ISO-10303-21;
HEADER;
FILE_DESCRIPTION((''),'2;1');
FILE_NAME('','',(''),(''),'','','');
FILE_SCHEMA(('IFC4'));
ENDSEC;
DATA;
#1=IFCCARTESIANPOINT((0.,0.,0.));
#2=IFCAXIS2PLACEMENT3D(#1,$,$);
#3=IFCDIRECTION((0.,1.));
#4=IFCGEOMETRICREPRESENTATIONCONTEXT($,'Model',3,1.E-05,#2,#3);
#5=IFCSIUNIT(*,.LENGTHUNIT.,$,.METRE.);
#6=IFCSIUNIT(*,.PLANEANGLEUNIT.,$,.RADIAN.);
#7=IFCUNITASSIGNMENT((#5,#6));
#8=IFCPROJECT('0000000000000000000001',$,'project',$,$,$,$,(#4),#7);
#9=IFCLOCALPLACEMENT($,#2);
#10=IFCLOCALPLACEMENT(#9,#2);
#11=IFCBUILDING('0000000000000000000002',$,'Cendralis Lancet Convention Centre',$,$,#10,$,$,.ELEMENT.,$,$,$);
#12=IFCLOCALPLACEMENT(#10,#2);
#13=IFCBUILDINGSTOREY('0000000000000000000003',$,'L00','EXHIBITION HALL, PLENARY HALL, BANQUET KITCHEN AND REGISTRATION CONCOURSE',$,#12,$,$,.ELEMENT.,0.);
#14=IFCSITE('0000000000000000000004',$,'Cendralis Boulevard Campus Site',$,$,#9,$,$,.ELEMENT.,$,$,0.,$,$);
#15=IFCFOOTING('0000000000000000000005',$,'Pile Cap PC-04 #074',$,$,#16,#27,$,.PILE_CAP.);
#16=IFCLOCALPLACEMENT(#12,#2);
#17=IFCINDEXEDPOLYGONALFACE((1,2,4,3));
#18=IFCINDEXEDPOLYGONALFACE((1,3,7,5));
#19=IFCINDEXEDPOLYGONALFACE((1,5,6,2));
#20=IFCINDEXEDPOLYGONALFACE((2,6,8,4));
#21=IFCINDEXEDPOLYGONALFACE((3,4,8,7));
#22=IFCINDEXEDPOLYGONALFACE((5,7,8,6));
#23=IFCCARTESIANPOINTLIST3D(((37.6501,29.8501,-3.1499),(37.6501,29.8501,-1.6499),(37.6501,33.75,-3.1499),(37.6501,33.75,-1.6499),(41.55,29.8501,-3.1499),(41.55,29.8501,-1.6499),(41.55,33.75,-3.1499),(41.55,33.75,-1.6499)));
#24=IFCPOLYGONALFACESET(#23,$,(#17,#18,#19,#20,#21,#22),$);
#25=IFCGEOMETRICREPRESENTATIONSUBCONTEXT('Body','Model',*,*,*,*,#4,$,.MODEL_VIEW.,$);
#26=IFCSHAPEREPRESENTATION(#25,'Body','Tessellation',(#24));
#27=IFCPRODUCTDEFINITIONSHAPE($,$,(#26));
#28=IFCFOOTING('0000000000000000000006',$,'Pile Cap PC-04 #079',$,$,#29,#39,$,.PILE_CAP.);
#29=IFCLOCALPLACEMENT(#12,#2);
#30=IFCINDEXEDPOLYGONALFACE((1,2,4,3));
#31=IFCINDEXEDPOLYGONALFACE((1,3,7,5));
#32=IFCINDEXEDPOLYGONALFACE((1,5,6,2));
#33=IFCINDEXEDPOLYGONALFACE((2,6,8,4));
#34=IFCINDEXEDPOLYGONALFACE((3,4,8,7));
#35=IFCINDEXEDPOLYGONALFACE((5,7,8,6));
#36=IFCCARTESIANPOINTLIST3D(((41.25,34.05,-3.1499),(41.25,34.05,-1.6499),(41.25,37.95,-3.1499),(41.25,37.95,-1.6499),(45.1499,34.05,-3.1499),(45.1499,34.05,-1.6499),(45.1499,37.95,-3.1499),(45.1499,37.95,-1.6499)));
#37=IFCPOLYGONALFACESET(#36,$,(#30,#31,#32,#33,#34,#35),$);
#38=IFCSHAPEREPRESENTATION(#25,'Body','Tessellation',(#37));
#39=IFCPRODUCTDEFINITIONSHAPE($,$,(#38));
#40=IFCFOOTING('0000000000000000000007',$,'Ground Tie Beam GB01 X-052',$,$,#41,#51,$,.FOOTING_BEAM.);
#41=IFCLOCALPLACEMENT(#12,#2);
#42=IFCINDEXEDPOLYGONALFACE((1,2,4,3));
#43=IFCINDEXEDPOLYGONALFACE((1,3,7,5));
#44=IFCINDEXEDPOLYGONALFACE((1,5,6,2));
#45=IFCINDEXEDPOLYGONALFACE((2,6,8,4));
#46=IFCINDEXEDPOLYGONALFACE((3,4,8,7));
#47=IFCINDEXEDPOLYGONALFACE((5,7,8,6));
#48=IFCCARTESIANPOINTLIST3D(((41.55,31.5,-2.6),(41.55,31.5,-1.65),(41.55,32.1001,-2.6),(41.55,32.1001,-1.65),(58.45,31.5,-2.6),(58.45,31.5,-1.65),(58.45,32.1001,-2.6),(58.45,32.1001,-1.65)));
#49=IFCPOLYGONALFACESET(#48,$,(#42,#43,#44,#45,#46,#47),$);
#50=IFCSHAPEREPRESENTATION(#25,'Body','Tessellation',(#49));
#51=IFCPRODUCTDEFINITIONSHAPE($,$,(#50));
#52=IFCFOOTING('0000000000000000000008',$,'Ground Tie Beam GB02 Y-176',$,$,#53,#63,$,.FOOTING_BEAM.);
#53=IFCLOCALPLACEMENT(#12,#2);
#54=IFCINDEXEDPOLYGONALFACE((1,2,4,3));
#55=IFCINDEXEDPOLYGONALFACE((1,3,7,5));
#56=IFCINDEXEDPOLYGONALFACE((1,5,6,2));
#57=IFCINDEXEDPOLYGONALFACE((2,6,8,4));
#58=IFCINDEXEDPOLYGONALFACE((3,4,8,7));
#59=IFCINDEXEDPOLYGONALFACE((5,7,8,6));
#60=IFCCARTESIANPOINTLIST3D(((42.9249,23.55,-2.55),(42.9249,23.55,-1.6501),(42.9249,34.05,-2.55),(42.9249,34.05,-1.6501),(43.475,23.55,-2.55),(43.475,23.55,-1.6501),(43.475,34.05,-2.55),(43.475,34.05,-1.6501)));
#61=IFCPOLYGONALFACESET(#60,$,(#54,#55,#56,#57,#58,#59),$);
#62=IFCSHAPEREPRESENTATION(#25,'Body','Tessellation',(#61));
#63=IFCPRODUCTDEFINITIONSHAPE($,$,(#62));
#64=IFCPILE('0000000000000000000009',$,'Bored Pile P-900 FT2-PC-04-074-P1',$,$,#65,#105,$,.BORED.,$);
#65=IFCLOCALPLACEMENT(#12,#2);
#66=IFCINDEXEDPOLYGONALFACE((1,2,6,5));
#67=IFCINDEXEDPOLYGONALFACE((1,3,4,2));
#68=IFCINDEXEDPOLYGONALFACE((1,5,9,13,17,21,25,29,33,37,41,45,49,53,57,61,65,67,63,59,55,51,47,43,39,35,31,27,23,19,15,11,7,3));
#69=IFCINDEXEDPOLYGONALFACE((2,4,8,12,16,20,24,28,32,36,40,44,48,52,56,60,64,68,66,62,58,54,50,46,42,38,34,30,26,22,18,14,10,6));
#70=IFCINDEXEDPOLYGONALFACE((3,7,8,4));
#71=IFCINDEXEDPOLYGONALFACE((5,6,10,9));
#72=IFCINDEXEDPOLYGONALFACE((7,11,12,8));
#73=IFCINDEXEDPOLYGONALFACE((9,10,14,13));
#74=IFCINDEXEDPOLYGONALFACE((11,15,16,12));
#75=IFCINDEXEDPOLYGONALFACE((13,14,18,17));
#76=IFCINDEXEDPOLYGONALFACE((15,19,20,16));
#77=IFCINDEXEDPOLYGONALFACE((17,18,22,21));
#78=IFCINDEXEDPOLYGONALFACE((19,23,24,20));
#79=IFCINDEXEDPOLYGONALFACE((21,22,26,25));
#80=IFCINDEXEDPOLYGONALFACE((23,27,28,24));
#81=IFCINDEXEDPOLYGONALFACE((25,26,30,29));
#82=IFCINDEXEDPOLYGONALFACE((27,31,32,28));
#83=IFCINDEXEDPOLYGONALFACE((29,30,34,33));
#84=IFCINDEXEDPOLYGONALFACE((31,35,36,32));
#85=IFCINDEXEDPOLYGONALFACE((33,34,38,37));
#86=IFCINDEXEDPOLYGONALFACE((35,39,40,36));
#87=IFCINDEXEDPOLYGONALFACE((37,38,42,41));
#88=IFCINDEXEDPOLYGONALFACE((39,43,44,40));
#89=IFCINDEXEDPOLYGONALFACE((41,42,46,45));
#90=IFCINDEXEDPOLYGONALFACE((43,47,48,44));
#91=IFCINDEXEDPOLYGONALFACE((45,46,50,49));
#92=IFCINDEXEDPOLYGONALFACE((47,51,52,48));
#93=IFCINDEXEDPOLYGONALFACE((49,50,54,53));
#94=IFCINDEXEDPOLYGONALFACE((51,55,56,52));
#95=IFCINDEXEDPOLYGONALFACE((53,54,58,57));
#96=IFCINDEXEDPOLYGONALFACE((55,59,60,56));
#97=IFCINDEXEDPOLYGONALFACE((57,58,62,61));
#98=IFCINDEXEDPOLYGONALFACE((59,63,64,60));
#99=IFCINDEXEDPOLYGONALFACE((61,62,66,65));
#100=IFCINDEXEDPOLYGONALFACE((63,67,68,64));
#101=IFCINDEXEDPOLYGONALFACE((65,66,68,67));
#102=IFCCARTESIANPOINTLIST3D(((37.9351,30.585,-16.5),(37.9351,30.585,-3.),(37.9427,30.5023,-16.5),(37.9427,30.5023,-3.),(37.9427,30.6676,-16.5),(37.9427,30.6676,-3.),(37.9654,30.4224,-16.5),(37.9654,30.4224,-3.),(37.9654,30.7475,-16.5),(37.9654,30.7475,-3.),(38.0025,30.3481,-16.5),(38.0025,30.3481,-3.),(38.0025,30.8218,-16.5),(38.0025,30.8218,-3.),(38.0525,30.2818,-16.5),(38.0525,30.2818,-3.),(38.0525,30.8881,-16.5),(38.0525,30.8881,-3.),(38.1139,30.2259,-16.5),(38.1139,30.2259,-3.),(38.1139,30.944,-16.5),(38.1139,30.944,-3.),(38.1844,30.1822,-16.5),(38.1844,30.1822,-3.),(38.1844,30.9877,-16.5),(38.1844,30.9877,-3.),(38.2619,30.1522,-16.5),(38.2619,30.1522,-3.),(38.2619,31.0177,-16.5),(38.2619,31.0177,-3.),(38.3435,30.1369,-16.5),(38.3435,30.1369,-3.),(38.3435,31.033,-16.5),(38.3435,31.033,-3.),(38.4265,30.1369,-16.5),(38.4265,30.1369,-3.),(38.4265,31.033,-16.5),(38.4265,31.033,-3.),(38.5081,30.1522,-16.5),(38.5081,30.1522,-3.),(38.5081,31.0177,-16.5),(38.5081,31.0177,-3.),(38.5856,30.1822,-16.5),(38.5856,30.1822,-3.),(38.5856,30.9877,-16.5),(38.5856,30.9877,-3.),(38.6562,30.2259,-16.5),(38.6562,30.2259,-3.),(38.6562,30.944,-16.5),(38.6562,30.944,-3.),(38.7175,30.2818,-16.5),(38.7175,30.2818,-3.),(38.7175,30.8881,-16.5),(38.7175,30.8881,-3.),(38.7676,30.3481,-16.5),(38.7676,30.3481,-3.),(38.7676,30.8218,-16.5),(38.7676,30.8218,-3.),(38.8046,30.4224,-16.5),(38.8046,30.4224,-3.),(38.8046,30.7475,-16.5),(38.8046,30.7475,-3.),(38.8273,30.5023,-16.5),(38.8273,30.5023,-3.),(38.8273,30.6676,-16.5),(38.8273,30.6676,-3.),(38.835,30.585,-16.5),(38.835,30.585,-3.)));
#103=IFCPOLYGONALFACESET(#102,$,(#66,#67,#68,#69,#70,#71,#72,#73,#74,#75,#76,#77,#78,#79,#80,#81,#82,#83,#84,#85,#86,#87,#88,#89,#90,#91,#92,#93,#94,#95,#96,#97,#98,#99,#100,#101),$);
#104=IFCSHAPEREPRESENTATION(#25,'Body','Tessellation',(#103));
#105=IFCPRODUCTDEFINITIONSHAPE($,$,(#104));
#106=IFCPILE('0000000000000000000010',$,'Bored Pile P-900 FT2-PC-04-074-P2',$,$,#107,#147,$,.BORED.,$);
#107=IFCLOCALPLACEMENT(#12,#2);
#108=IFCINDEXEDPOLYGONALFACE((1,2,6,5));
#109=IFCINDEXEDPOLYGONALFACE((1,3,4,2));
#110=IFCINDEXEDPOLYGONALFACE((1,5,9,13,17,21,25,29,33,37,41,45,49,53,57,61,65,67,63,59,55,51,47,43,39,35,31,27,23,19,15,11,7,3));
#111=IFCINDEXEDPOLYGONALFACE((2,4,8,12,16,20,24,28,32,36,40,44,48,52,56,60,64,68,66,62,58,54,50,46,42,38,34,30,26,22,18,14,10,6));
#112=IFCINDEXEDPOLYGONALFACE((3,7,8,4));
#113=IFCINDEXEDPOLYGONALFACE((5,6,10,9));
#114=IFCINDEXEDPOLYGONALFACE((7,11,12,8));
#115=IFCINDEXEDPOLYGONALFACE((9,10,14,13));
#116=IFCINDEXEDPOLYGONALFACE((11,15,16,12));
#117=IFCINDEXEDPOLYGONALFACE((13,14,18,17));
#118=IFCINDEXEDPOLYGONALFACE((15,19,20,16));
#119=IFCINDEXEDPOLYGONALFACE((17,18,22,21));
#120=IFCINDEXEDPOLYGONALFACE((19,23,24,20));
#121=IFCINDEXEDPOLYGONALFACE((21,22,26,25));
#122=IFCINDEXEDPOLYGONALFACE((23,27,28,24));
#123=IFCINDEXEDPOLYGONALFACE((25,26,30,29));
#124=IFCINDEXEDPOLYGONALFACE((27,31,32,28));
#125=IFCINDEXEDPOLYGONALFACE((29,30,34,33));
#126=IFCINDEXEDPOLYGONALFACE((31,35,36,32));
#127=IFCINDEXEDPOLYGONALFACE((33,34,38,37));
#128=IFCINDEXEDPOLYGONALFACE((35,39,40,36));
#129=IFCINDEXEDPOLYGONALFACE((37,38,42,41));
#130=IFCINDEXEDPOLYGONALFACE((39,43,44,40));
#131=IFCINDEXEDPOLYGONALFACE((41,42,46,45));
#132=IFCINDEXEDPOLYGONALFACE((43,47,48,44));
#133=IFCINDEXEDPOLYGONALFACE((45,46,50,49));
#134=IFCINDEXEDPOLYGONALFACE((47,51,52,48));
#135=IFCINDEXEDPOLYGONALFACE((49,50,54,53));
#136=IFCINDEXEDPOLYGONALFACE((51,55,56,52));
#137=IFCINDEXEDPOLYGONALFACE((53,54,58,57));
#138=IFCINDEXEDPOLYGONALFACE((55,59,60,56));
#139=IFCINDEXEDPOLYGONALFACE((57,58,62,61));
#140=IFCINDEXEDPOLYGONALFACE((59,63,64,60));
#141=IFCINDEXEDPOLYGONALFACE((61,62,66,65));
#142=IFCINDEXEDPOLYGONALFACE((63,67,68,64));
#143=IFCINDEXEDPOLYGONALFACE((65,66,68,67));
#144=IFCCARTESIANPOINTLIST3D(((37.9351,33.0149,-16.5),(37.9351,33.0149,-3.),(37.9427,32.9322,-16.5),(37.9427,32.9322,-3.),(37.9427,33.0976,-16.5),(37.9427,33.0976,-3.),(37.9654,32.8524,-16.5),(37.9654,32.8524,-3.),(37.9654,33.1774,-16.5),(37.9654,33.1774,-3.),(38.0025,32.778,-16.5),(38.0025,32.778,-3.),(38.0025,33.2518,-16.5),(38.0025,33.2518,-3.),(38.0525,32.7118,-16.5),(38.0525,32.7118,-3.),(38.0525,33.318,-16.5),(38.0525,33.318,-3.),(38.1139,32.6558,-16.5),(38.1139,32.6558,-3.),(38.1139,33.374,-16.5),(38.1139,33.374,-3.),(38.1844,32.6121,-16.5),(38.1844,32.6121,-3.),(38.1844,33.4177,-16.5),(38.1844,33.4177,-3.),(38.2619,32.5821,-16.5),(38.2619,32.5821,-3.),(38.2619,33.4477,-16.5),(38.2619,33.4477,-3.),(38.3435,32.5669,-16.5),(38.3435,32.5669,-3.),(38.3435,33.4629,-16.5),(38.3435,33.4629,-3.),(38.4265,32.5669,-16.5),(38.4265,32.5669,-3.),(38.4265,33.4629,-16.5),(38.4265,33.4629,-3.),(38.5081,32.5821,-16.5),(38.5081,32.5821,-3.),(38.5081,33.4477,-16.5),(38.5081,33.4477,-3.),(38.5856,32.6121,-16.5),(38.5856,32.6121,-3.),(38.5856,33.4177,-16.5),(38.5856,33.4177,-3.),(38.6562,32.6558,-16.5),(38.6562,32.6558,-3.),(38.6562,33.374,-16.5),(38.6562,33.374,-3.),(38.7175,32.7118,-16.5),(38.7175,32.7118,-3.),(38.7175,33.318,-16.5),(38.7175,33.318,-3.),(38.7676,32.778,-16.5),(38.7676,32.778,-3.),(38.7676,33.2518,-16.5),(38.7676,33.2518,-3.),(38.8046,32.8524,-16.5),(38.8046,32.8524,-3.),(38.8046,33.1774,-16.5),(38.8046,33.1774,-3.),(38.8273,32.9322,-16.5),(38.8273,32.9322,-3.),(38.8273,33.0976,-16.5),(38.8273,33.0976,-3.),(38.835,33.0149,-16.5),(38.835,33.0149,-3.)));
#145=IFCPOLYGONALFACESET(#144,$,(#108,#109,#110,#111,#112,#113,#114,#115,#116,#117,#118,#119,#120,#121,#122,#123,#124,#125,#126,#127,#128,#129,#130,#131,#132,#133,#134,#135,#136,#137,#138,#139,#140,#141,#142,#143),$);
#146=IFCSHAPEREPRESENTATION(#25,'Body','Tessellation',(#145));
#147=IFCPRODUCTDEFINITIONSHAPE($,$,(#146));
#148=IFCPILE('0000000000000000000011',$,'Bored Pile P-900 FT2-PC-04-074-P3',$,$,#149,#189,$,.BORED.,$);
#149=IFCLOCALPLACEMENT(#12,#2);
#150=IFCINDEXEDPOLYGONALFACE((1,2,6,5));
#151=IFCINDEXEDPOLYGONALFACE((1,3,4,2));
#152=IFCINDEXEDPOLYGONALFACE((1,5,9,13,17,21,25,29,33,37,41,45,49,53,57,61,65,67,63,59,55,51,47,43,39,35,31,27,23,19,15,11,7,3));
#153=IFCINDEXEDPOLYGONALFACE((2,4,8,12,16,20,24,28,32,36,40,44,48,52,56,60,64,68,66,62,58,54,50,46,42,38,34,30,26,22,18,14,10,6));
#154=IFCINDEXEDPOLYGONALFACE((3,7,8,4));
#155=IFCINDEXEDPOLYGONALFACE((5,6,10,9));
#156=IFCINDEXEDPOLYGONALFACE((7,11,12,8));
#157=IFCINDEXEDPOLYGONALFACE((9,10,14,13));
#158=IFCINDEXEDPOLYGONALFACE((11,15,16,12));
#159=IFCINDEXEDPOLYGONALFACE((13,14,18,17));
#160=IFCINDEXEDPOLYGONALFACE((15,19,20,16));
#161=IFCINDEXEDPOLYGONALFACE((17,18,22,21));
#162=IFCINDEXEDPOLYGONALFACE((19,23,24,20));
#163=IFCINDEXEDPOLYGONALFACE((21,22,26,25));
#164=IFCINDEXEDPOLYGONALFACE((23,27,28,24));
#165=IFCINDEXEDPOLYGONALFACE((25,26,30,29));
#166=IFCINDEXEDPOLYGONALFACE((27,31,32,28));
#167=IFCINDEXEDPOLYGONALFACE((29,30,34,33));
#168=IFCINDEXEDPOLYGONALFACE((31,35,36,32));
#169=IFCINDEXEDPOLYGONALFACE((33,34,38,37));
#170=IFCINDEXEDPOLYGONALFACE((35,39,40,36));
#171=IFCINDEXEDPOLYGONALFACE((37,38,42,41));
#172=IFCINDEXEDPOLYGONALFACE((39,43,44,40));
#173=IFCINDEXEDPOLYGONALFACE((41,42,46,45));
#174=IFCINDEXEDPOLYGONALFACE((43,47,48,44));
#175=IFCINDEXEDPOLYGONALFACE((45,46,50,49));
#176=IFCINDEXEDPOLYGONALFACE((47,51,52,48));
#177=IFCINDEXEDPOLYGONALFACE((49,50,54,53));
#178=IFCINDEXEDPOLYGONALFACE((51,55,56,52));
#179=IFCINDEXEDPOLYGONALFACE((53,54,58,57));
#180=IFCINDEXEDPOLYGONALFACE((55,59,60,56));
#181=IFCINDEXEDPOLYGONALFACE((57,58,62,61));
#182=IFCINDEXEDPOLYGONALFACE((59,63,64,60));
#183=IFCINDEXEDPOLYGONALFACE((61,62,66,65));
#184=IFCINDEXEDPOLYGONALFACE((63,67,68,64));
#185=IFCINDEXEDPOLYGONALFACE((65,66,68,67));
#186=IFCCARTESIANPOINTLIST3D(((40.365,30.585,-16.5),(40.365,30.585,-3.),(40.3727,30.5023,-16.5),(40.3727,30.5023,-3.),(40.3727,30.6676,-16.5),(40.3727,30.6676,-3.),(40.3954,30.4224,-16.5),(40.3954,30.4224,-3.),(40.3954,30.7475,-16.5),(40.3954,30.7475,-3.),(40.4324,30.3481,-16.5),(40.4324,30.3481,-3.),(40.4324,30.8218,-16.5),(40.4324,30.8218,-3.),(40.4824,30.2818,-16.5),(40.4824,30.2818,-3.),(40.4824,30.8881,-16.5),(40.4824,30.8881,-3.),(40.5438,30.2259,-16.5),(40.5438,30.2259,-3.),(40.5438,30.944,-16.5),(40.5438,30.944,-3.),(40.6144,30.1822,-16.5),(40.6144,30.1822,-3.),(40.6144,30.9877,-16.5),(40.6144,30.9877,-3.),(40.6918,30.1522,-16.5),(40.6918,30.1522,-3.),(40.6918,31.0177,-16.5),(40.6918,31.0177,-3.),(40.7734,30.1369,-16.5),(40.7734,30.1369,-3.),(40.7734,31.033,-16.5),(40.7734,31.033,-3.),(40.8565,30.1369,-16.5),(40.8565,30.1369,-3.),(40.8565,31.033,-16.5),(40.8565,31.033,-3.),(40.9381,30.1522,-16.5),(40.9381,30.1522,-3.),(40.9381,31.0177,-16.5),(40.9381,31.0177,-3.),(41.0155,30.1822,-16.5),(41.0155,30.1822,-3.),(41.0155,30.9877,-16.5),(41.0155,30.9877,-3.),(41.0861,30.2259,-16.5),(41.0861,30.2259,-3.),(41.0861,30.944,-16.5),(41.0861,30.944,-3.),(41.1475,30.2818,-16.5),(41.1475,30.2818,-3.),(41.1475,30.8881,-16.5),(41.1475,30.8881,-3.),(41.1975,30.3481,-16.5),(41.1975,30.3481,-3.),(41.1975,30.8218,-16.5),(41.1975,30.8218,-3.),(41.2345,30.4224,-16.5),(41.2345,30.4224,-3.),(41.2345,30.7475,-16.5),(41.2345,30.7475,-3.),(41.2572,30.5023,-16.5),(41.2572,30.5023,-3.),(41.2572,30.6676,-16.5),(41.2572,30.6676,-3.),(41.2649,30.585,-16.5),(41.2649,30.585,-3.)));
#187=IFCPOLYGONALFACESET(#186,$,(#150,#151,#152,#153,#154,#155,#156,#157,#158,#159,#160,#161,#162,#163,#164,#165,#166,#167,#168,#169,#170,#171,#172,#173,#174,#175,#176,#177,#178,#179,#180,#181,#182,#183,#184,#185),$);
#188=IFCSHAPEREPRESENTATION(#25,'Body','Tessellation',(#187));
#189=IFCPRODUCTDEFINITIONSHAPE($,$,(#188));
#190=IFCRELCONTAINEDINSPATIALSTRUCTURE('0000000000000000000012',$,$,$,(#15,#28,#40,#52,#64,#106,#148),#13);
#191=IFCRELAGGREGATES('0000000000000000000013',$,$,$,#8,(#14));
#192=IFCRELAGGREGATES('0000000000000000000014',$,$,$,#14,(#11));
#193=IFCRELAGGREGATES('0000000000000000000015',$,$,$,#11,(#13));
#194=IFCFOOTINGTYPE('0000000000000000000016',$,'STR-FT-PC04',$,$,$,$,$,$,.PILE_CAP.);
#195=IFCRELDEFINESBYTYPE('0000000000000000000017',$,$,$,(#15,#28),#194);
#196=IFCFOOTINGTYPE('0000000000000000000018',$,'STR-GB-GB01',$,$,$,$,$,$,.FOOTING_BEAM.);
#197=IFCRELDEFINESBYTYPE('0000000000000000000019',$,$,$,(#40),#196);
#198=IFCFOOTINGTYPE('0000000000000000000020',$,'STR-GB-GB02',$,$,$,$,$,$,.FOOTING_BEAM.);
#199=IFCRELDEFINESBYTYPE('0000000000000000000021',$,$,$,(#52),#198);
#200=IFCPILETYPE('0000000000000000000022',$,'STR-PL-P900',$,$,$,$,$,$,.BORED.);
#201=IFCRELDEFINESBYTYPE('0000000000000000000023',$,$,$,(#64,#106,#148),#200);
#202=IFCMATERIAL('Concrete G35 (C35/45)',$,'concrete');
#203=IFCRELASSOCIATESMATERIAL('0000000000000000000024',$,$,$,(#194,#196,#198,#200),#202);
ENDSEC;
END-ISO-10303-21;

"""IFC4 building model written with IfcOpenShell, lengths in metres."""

from ifc_helpers import new_model, si_unit, direction, frame, origin, origin_2d, place, context, subcontext, project, spatial, rectangle, circle, extrude, material, material_profile, profile_set, type_object, element, save


model = new_model("IFC4")

# Units and contexts
model_context = context("Model", 3, precision=1e-05, world=origin(), true_north=direction((0.0, 1.0)))
body_context = subcontext(model_context, "Body", "Model", "MODEL_VIEW")
ifc_project = project(units=[si_unit("LENGTHUNIT", "METRE"), si_unit("PLANEANGLEUNIT", "RADIAN")], contexts=[model_context])

# Site, building, storey
site_placement = place(None, origin())
site = spatial("IfcSite", under=ifc_project, at=site_placement, Name="Cendralis Boulevard Campus Site", CompositionType="ELEMENT", RefElevation=0.0)
building_placement = place(site_placement, origin())
building = spatial("IfcBuilding", under=site, at=building_placement, Name="Cendralis Lancet Convention Centre", CompositionType="ELEMENT")
storey_placement = place(building_placement, origin())
storey = spatial("IfcBuildingStorey", under=building, at=storey_placement, Name="L00", Description="EXHIBITION HALL, PLENARY HALL, BANQUET KITCHEN AND REGISTRATION CONCOURSE", CompositionType="ELEMENT", Elevation=0.0)

# Footings
ifc_material_1 = material(Name="Concrete G35 (C35/45)", Category="concrete")
footing_type_1 = type_object("IfcFootingType", Name="STR-FT-PC04", PredefinedType="PILE_CAP", material=ifc_material_1)
for number, where, z_axis, x_axis, name in (
    (1, (39.6001, 31.8, -3.1499), (0.0, 0.0, 1.0), (1.0, 0.0, 0.0), "Pile Cap PC-04 #074"),
    (2, (43.2, 36.0, -3.1499), (0.0, 0.0, 1.0), (1.0, 0.0, 0.0), "Pile Cap PC-04 #079"),
):
    element("IfcFooting", number, at=place(storey_placement, frame(where, z_axis=z_axis, x_axis=x_axis)), inside=storey, type_object=footing_type_1, Name=name, PredefinedType="PILE_CAP", context=body_context, shape_type="SweptSolid", body=[
        extrude(rectangle(XDim=3.8999, YDim=3.8999, at=origin_2d()), origin(), (0.0, 0.0, 1.0), 1.5),
    ])
ifc_material_profile_1 = material_profile(ifc_material_1, rectangle(XDim=0.6001, YDim=0.95, at=origin_2d()), Name="RCB 600x950")
ifc_profile_set_1 = profile_set([ifc_material_profile_1], Name="Concrete G35 (C35/45)")
footing_type_2 = type_object("IfcFootingType", Name="STR-GB-GB01", PredefinedType="FOOTING_BEAM", material=ifc_profile_set_1)
footing_1_placement = place(storey_placement, frame((41.55, 31.8, -2.125), z_axis=(1.0, 0.0, 0.0), x_axis=(0.0, 1.0, 0.0)))
element("IfcFooting", 3, at=footing_1_placement, inside=storey, type_object=footing_type_2, Name="Ground Tie Beam GB01 X-052", PredefinedType="FOOTING_BEAM", context=body_context, shape_type="SweptSolid", body=[
    extrude(rectangle(XDim=0.6001, YDim=0.95, at=origin_2d()), origin(), (0.0, 0.0, 1.0), 16.8999),
])
ifc_material_profile_2 = material_profile(ifc_material_1, rectangle(XDim=0.55, YDim=0.8999, at=origin_2d()), Name="RCB 550x900")
ifc_profile_set_2 = profile_set([ifc_material_profile_2], Name="Concrete G35 (C35/45)")
footing_type_3 = type_object("IfcFootingType", Name="STR-GB-GB02", PredefinedType="FOOTING_BEAM", material=ifc_profile_set_2)
footing_2_placement = place(storey_placement, frame((43.2, 23.55, -2.1001), z_axis=(0.0, 1.0, 0.0), x_axis=(-1.0, 0.0, 0.0)))
element("IfcFooting", 4, at=footing_2_placement, inside=storey, type_object=footing_type_3, Name="Ground Tie Beam GB02 Y-176", PredefinedType="FOOTING_BEAM", context=body_context, shape_type="SweptSolid", body=[
    extrude(rectangle(XDim=0.55, YDim=0.8999, at=origin_2d()), origin(), (0.0, 0.0, 1.0), 10.5),
])

# Piles
ifc_material_profile_3 = material_profile(ifc_material_1, circle(Radius=0.45, at=origin_2d()), Name="BORED PILE D900")
ifc_profile_set_3 = profile_set([ifc_material_profile_3], Name="Concrete G35 (C35/45)")
pile_type = type_object("IfcPileType", Name="STR-PL-P900", PredefinedType="BORED", material=ifc_profile_set_3)
for number, where, z_axis, x_axis, name in (
    (5, (38.385, 30.585, -3.0), (0.0, 0.0, -1.0), (1.0, 0.0, 0.0), "Bored Pile P-900 FT2-PC-04-074-P1"),
    (6, (38.385, 33.0149, -3.0), (0.0, 0.0, -1.0), (1.0, 0.0, 0.0), "Bored Pile P-900 FT2-PC-04-074-P2"),
    (7, (40.8149, 30.585, -3.0), (0.0, 0.0, -1.0), (1.0, 0.0, 0.0), "Bored Pile P-900 FT2-PC-04-074-P3"),
):
    element("IfcPile", number, at=place(storey_placement, frame(where, z_axis=z_axis, x_axis=x_axis)), inside=storey, type_object=pile_type, Name=name, PredefinedType="BORED", context=body_context, shape_type="SweptSolid", body=[
        extrude(circle(Radius=0.45, at=origin_2d()), origin(), (0.0, 0.0, 1.0), 13.5),
    ])

save(model, "model.ifc")
